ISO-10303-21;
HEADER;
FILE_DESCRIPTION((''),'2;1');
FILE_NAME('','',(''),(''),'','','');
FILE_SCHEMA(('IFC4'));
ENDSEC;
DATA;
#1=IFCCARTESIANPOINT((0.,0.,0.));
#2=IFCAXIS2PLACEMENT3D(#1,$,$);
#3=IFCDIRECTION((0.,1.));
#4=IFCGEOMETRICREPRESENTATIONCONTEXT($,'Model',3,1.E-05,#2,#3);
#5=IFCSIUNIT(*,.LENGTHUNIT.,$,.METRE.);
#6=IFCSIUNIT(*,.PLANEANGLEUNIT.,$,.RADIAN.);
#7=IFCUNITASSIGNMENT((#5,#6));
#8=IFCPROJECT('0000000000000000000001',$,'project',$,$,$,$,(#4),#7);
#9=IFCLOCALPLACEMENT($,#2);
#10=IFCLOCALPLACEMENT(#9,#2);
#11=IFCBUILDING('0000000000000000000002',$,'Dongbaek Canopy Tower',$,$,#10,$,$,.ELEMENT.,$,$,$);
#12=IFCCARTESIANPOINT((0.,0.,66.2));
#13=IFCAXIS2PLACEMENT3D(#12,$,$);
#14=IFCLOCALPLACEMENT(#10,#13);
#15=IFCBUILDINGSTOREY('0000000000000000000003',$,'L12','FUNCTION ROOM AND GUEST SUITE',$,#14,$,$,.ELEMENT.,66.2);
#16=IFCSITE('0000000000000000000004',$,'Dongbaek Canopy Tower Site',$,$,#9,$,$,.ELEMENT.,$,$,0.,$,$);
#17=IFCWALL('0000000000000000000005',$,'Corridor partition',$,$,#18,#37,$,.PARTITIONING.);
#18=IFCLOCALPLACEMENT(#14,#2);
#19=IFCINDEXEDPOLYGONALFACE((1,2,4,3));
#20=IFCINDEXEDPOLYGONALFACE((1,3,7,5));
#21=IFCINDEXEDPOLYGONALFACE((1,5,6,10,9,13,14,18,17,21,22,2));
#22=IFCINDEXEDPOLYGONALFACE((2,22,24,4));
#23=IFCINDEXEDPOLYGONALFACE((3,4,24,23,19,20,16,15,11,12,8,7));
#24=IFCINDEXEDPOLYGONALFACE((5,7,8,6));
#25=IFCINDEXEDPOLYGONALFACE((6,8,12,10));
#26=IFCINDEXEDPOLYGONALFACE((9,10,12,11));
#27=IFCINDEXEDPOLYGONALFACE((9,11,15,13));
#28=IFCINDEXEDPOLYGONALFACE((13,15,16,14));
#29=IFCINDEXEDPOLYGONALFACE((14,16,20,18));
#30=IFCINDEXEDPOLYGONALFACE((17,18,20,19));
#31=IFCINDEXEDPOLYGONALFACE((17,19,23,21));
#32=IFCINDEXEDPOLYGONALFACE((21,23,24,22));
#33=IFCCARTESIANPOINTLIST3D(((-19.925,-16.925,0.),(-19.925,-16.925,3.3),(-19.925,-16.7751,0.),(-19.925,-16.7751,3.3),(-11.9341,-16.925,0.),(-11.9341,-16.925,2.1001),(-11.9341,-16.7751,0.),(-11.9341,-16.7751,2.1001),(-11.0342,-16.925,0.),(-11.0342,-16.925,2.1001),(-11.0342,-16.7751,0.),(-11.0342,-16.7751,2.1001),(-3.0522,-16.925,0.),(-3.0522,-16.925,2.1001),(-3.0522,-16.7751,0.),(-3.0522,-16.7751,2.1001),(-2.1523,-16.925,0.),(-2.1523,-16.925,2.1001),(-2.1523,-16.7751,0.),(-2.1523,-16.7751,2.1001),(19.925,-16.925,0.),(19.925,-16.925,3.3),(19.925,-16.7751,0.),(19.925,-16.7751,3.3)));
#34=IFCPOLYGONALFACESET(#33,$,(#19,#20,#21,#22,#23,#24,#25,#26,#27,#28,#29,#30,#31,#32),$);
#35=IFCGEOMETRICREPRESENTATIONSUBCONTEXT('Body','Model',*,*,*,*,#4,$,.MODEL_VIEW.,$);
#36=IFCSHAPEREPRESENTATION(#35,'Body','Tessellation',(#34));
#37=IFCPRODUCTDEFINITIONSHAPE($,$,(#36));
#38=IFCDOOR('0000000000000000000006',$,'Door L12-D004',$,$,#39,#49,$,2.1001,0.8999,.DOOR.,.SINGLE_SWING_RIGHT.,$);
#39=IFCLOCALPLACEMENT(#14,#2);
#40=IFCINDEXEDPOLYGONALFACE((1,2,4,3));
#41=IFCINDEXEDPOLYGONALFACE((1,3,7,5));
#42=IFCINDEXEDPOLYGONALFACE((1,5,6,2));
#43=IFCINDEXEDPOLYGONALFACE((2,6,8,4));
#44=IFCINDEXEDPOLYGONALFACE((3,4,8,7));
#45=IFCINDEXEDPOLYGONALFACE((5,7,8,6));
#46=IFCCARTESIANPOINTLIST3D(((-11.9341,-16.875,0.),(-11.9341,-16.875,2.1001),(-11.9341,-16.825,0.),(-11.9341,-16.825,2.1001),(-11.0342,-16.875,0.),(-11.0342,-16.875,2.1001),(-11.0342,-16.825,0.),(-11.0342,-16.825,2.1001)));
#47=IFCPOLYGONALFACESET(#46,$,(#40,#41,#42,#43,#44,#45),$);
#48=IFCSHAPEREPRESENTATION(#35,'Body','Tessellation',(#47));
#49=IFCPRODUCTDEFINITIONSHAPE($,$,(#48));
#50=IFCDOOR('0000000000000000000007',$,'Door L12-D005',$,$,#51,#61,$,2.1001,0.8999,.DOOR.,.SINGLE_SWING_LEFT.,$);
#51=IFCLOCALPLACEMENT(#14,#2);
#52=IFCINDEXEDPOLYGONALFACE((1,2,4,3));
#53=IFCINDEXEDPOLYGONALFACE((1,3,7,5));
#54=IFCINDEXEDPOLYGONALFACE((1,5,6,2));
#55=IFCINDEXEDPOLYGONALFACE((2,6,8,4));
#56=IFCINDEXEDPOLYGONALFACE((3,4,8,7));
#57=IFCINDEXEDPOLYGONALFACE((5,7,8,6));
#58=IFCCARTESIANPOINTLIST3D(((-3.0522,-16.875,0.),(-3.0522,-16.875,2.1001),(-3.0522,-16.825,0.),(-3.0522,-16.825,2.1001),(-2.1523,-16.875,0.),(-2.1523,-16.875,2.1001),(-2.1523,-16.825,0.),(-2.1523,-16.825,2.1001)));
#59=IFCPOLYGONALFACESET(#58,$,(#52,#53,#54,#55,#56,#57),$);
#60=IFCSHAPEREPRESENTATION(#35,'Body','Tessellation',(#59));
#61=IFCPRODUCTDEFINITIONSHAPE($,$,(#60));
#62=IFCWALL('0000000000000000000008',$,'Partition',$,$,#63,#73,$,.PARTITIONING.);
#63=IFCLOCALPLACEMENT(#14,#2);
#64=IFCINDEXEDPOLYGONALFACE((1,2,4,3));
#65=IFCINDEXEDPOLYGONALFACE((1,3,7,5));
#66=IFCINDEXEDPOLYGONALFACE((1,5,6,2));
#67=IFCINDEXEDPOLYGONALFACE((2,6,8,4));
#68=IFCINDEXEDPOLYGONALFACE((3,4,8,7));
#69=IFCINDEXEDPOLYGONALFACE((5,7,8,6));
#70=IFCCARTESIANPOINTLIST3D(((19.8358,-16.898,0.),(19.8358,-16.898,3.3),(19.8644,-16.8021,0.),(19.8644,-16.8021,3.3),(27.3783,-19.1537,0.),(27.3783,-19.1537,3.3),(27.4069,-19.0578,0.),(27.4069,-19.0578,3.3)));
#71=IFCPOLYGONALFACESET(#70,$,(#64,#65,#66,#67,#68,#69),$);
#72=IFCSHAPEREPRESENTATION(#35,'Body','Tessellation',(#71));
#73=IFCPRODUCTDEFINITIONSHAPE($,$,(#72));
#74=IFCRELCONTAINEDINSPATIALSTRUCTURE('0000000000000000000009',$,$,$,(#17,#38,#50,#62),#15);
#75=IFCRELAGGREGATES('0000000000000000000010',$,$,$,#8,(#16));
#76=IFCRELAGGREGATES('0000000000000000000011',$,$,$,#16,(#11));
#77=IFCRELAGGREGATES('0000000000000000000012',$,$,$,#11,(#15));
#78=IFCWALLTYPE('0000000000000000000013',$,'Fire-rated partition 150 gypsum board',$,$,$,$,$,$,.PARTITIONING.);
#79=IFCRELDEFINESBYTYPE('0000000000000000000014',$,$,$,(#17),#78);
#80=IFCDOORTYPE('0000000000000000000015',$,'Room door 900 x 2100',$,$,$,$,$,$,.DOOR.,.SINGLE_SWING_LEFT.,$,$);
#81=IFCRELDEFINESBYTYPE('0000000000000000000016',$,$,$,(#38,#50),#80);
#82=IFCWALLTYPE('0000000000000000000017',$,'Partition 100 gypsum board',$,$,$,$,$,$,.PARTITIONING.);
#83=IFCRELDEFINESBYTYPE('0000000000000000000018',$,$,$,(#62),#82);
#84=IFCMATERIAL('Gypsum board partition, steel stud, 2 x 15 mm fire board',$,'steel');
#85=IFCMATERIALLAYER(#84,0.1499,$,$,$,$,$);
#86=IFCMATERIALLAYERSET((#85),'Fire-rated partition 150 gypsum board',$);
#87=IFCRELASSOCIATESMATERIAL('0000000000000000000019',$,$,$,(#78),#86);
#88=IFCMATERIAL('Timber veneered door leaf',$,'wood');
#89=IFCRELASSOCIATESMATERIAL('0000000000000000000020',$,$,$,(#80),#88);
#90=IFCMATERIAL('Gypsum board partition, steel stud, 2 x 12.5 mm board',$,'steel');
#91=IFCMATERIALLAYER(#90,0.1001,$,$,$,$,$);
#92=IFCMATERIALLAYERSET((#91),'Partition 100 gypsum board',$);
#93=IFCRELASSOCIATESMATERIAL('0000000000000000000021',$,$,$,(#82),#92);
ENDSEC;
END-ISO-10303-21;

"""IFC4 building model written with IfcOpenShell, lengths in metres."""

from ifc_helpers import new_model, si_unit, direction, frame, frame_2d, origin, place, context, subcontext, project, spatial, rectangle, extrude, material, layer, layer_set, type_object, element, fill, save


model = new_model("IFC4")

# Units and contexts
model_context = context("Model", 3, precision=1e-05, world=origin(), true_north=direction((0.0, 1.0)))
body_context = subcontext(model_context, "Body", "Model", "MODEL_VIEW")
ifc_project = project(units=[si_unit("LENGTHUNIT", "METRE"), si_unit("PLANEANGLEUNIT", "RADIAN")], contexts=[model_context])

# Site, building, storey
site_placement = place(None, origin())
site = spatial("IfcSite", under=ifc_project, at=site_placement, Name="Dongbaek Canopy Tower Site", CompositionType="ELEMENT", RefElevation=0.0)
building_placement = place(site_placement, origin())
building = spatial("IfcBuilding", under=site, at=building_placement, Name="Dongbaek Canopy Tower", CompositionType="ELEMENT")
storey_placement = place(building_placement, frame((0.0, 0.0, 66.2)))
storey = spatial("IfcBuildingStorey", under=building, at=storey_placement, Name="L12", Description="FUNCTION ROOM AND GUEST SUITE", CompositionType="ELEMENT", Elevation=66.2)

# Wall, openings, doors
ifc_material_1 = material(Name="Gypsum board partition, steel stud, 2 x 15 mm fire board", Category="steel")
ifc_layer_1 = layer(ifc_material_1, 0.1499)
ifc_layer_set_1 = layer_set([ifc_layer_1], Name="Fire-rated partition 150 gypsum board")
wall_type_1 = type_object("IfcWallType", Name="Fire-rated partition 150 gypsum board", PredefinedType="PARTITIONING", material=ifc_layer_set_1)
wall_1_placement = place(storey_placement, frame((19.925, -16.8501, 0.0), z_axis=(0.0, 0.0, 1.0), x_axis=(-1.0, 0.0, 0.0)))
wall_1 = element("IfcWall", 1, at=wall_1_placement, inside=storey, type_object=wall_type_1, Name="Corridor partition", PredefinedType="PARTITIONING", context=body_context, shape_type="SweptSolid", body=[
    extrude(rectangle(XDim=39.8501, YDim=0.1499, at=frame_2d((19.925, 0.0))), origin(), (0.0, 0.0, 1.0), 3.3),
])
opening_1_placement = place(wall_1_placement, frame((30.9592, 0.0, 0.0)))
opening_1 = element("IfcOpeningElement", 2, at=opening_1_placement, cuts=wall_1, PredefinedType="OPENING", context=body_context, shape_type="SweptSolid", body=[
    extrude(rectangle(XDim=0.8999, YDim=2.1001, at=frame_2d((0.45, 1.05))), frame((0.0, 0.085, 0.0), z_axis=(0.0, -1.0, 0.0), x_axis=(1.0, 0.0, 0.0)), (0.0, 0.0, 1.0), 0.1699),
])
opening_2_placement = place(wall_1_placement, frame((22.0774, 0.0, 0.0)))
opening_2 = element("IfcOpeningElement", 3, at=opening_2_placement, cuts=wall_1, PredefinedType="OPENING", context=body_context, shape_type="SweptSolid", body=[
    extrude(rectangle(XDim=0.8999, YDim=2.1001, at=frame_2d((0.45, 1.05))), frame((0.0, 0.085, 0.0), z_axis=(0.0, -1.0, 0.0), x_axis=(1.0, 0.0, 0.0)), (0.0, 0.0, 1.0), 0.1699),
])
ifc_material_2 = material(Name="Timber veneered door leaf", Category="wood")
door_type = type_object("IfcDoorType", Name="Room door 900 x 2100", OperationType="SINGLE_SWING_LEFT", PredefinedType="DOOR", material=ifc_material_2)
door_1_placement = place(opening_1_placement, origin())
door_1 = element("IfcDoor", 4, at=door_1_placement, inside=storey, type_object=door_type, Name="Door L12-D004", OperationType="SINGLE_SWING_RIGHT", OverallHeight=2.1001, OverallWidth=0.8999, PredefinedType="DOOR", context=body_context, shape_type="SweptSolid", body=[
    extrude(rectangle(XDim=0.8999, YDim=2.1001, at=frame_2d((0.45, 1.05))), frame((0.0, 0.0249, 0.0), z_axis=(0.0, -1.0, 0.0), x_axis=(1.0, 0.0, 0.0)), (0.0, 0.0, 1.0), 0.05),
])
fill(opening_1, door_1)
door_2_placement = place(opening_2_placement, origin())
door_2 = element("IfcDoor", 5, at=door_2_placement, inside=storey, type_object=door_type, Name="Door L12-D005", OperationType="SINGLE_SWING_LEFT", OverallHeight=2.1001, OverallWidth=0.8999, PredefinedType="DOOR", context=body_context, shape_type="SweptSolid", body=[
    extrude(rectangle(XDim=0.8999, YDim=2.1001, at=frame_2d((0.45, 1.05))), frame((0.0, 0.0249, 0.0), z_axis=(0.0, -1.0, 0.0), x_axis=(1.0, 0.0, 0.0)), (0.0, 0.0, 1.0), 0.05),
])
fill(opening_2, door_2)

# Wall
ifc_material_3 = material(Name="Gypsum board partition, steel stud, 2 x 12.5 mm board", Category="steel")
ifc_layer_2 = layer(ifc_material_3, 0.1001)
ifc_layer_set_2 = layer_set([ifc_layer_2], Name="Partition 100 gypsum board")
wall_type_2 = type_object("IfcWallType", Name="Partition 100 gypsum board", PredefinedType="PARTITIONING", material=ifc_layer_set_2)
wall_2_placement = place(storey_placement, frame((19.8501, -16.8501, 0.0), z_axis=(0.0, 0.0, 1.0), x_axis=(0.958075, -0.286517, 0.0)))
element("IfcWall", 6, at=wall_2_placement, inside=storey, type_object=wall_type_2, Name="Partition", PredefinedType="PARTITIONING", context=body_context, shape_type="SweptSolid", body=[
    extrude(rectangle(XDim=7.8726, YDim=0.1001, at=frame_2d((3.9363, 0.0))), origin(), (0.0, 0.0, 1.0), 3.3),
])

save(model, "model.ifc")
